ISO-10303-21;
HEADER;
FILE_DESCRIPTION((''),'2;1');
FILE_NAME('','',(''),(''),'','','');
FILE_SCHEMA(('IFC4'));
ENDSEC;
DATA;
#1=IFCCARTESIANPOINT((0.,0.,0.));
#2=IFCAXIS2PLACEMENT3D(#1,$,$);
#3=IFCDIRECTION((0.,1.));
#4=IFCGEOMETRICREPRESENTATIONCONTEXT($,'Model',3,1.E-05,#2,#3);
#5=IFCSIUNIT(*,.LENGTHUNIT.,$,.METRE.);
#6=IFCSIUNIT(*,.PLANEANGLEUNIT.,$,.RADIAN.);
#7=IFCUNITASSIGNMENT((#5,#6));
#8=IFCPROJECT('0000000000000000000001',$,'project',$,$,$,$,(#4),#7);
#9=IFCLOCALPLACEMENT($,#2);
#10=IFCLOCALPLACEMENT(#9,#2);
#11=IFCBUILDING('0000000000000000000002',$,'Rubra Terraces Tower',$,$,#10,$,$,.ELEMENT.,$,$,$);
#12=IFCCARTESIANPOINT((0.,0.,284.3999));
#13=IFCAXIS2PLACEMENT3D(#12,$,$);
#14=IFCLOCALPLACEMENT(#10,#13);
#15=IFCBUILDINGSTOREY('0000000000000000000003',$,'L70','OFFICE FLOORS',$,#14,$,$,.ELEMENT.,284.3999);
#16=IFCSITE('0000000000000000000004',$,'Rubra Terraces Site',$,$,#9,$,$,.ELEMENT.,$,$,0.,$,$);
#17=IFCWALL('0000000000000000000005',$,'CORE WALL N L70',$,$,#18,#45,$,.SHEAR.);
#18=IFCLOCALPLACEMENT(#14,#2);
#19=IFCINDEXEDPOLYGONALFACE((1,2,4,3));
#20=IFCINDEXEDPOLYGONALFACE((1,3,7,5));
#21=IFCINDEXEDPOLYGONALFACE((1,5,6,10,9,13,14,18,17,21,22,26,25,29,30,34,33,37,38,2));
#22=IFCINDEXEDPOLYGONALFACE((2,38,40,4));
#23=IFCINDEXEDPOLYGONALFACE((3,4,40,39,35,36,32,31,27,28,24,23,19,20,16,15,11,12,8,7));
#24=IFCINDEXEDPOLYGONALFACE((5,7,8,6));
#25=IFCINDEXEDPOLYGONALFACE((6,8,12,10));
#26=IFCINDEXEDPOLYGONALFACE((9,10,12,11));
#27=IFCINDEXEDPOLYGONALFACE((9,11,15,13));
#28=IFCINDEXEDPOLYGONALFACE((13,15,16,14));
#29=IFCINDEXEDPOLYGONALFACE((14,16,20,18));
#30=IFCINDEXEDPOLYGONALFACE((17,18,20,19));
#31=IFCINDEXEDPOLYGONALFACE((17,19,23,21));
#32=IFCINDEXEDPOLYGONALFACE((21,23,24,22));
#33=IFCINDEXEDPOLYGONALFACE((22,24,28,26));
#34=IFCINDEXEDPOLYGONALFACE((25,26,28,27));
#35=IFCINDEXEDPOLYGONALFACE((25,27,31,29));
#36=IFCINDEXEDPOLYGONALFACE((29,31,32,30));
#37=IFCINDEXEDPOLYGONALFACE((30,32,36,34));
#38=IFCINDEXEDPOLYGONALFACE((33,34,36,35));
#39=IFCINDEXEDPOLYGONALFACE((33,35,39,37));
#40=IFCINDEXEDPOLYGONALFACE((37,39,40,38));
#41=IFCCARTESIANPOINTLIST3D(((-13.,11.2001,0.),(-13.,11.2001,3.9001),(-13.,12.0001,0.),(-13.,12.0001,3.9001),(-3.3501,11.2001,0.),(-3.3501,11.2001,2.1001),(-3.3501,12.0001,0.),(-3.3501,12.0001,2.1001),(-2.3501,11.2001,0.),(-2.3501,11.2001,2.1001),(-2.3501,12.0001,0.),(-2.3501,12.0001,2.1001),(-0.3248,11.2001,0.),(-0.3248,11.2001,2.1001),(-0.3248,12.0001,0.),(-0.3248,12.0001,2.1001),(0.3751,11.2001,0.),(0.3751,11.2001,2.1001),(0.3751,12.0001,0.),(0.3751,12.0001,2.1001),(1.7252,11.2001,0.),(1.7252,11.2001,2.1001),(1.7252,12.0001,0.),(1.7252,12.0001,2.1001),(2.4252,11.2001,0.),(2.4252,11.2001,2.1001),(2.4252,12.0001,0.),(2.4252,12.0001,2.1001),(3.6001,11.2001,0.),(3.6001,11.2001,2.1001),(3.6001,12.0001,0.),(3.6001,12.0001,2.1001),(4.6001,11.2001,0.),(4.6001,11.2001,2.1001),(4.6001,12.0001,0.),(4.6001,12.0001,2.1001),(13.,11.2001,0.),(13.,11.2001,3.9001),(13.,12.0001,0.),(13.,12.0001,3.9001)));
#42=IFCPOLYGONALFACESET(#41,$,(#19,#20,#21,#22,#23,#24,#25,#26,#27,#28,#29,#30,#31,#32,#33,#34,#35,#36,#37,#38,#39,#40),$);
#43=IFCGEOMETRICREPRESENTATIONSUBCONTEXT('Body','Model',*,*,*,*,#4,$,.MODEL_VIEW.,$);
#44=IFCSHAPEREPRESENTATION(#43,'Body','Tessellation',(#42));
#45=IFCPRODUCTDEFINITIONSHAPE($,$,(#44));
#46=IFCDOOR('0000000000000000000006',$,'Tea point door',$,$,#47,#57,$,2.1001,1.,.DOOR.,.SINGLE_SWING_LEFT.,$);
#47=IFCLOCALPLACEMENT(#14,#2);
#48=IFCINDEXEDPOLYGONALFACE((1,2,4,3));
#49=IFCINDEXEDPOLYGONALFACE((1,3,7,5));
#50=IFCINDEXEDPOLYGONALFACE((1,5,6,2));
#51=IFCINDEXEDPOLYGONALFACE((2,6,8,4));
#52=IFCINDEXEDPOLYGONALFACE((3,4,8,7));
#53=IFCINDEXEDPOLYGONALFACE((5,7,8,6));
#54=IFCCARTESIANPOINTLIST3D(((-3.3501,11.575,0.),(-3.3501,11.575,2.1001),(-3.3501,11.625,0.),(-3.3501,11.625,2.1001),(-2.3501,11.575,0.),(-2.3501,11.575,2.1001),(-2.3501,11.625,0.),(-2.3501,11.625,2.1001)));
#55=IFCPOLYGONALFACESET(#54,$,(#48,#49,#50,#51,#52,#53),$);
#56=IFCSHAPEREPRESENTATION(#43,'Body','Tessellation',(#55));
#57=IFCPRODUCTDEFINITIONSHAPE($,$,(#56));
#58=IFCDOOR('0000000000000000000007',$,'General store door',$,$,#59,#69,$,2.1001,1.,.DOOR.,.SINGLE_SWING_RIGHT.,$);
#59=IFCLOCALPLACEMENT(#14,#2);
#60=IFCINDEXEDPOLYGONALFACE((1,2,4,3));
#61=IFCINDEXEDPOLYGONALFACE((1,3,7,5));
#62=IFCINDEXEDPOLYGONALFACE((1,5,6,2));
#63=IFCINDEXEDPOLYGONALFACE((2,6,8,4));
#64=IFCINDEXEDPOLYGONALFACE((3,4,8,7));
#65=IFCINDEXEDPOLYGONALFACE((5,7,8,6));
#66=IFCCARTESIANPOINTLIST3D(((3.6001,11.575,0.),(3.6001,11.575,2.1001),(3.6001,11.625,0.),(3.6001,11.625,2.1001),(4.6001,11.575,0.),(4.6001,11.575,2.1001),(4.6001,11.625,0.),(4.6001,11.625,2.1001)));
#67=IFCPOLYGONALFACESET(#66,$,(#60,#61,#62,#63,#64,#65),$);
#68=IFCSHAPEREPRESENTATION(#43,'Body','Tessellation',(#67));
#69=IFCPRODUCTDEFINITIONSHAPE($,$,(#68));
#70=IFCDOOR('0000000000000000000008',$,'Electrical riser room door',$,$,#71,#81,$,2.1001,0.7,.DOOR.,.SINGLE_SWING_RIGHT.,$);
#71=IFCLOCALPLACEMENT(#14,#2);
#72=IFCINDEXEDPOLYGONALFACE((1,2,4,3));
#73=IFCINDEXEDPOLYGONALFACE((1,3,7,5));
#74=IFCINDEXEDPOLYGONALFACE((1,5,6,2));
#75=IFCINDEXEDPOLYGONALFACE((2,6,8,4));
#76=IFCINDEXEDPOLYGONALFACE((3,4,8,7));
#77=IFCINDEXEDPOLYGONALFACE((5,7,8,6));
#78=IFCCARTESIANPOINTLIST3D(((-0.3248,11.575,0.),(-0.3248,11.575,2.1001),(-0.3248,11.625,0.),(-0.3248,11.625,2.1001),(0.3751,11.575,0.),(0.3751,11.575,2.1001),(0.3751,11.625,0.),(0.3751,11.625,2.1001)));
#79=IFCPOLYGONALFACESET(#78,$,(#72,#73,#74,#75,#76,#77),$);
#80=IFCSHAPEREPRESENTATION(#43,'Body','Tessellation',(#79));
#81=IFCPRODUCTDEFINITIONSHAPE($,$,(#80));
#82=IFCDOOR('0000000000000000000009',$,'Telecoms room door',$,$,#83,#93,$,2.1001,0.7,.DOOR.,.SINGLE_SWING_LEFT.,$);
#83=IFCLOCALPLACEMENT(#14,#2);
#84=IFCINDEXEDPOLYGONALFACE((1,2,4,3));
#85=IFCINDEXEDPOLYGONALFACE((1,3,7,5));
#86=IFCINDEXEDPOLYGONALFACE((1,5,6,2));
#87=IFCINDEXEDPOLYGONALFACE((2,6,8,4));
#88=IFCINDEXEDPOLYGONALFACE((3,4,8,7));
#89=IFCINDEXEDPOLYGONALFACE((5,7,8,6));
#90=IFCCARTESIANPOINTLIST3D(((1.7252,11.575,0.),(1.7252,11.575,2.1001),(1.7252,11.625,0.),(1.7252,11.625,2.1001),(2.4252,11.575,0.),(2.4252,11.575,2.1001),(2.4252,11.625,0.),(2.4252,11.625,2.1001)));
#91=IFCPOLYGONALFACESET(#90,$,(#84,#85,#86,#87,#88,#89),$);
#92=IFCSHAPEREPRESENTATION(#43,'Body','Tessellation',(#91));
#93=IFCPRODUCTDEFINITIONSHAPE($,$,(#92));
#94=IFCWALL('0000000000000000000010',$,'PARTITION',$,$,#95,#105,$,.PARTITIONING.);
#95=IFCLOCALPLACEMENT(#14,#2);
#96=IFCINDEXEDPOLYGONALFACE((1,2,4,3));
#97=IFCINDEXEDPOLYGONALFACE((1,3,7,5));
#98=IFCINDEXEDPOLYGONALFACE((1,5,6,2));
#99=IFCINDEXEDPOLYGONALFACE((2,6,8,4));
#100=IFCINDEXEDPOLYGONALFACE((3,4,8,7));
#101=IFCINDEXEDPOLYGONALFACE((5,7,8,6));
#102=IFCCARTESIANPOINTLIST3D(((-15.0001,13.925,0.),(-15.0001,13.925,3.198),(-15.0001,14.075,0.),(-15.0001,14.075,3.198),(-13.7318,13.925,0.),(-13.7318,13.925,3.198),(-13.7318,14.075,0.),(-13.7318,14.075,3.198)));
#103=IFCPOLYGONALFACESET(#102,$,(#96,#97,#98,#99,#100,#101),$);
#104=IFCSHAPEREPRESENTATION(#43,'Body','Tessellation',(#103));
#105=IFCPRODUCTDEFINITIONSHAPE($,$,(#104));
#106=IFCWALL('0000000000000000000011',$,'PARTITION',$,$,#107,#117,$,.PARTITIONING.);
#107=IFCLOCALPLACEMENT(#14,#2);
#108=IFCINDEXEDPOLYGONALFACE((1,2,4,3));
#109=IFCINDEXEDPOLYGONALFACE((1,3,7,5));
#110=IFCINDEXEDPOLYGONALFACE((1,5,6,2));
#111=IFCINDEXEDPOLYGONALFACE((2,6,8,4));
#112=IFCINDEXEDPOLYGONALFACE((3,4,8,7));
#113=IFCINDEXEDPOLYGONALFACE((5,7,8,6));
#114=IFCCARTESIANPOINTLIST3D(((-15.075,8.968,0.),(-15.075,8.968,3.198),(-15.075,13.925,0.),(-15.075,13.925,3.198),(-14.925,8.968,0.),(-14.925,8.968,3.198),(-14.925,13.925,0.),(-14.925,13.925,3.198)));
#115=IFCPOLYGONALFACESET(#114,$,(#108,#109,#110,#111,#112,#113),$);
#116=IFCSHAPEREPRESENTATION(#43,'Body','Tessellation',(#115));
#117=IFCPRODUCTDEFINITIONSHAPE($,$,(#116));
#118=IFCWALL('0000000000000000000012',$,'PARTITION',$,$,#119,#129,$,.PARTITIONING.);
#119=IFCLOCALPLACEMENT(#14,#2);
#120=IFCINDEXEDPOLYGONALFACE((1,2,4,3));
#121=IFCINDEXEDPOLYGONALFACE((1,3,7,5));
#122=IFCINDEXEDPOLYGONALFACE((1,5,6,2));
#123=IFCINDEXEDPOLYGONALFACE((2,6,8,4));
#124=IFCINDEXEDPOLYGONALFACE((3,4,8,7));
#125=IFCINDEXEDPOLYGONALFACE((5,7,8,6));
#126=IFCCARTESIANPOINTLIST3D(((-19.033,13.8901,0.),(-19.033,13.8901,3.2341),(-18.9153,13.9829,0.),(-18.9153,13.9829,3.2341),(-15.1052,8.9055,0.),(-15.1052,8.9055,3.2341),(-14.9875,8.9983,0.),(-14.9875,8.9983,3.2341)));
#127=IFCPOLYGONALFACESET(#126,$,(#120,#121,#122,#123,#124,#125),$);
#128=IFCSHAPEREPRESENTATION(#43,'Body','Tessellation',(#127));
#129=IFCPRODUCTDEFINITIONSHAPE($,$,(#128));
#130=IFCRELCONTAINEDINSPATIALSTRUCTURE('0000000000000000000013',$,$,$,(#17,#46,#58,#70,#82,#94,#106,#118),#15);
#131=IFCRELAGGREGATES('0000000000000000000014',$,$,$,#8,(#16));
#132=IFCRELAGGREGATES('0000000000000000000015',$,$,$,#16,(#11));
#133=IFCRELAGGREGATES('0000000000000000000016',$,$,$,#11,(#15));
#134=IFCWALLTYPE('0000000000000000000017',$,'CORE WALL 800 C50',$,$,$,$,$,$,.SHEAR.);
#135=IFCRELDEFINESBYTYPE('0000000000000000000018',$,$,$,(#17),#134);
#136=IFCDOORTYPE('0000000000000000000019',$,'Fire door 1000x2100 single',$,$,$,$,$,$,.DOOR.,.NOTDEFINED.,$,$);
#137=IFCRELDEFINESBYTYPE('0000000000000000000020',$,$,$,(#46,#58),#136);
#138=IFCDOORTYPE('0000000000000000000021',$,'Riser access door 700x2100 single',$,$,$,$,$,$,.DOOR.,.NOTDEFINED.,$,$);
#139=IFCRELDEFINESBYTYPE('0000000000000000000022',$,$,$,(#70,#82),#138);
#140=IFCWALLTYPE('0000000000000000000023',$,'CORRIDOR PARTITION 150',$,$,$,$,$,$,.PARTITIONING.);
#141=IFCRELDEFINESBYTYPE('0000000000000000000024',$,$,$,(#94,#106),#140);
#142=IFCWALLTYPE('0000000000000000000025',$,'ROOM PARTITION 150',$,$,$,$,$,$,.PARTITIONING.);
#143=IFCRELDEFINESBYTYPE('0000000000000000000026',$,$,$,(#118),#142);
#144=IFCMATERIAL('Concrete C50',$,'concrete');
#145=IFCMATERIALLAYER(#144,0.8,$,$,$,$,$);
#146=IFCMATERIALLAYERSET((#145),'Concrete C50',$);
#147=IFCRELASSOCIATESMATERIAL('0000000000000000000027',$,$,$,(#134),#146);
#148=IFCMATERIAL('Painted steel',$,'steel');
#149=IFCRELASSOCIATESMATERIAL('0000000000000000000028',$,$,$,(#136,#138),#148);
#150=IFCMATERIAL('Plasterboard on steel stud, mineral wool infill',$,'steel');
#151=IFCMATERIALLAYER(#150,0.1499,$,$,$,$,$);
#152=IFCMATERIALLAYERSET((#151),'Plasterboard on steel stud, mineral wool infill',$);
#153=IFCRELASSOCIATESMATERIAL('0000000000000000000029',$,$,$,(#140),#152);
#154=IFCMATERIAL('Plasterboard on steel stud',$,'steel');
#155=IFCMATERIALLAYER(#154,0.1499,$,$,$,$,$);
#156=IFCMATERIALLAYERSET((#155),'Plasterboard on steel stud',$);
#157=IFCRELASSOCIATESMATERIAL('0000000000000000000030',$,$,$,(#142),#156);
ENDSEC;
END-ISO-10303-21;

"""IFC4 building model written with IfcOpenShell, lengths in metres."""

from ifc_helpers import new_model, si_unit, direction, frame, frame_2d, origin, place, context, subcontext, project, spatial, rectangle, extrude, material, layer, layer_set, type_object, element, fill, save


model = new_model("IFC4")

# Units and contexts
model_context = context("Model", 3, precision=1e-05, world=origin(), true_north=direction((0.0, 1.0)))
body_context = subcontext(model_context, "Body", "Model", "MODEL_VIEW")
ifc_project = project(units=[si_unit("LENGTHUNIT", "METRE"), si_unit("PLANEANGLEUNIT", "RADIAN")], contexts=[model_context])

# Site, building, storey
site_placement = place(None, origin())
site = spatial("IfcSite", under=ifc_project, at=site_placement, Name="Rubra Terraces Site", CompositionType="ELEMENT", RefElevation=0.0)
building_placement = place(site_placement, origin())
building = spatial("IfcBuilding", under=site, at=building_placement, Name="Rubra Terraces Tower", CompositionType="ELEMENT")
storey_placement = place(building_placement, frame((0.0, 0.0, 284.3999)))
storey = spatial("IfcBuildingStorey", under=building, at=storey_placement, Name="L70", Description="OFFICE FLOORS", CompositionType="ELEMENT", Elevation=284.3999)

# Shared definitions
ifc_material_1 = material(Name="Concrete C50", Category="concrete")

# Wall, openings, doors
ifc_layer_1 = layer(ifc_material_1, 0.8)
ifc_layer_set_1 = layer_set([ifc_layer_1], Name="Concrete C50")
wall_type_1 = type_object("IfcWallType", Name="CORE WALL 800 C50", PredefinedType="SHEAR", material=ifc_layer_set_1)
wall_1_placement = place(storey_placement, frame((-13.0, 11.6001, 0.0), z_axis=(0.0, 0.0, 1.0), x_axis=(1.0, 0.0, 0.0)))
wall_1 = element("IfcWall", 1, at=wall_1_placement, inside=storey, type_object=wall_type_1, Name="CORE WALL N L70", PredefinedType="SHEAR", context=body_context, shape_type="SweptSolid", body=[
    extrude(rectangle(XDim=26.0, YDim=0.8, at=frame_2d((13.0, 0.0))), origin(), (0.0, 0.0, 1.0), 3.9001),
])
opening_1_placement = place(wall_1_placement, frame((9.6499, 0.0, 0.0)))
opening_1 = element("IfcOpeningElement", 2, at=opening_1_placement, cuts=wall_1, PredefinedType="OPENING", context=body_context, shape_type="SweptSolid", body=[
    extrude(rectangle(XDim=1.0, YDim=2.1001, at=frame_2d((0.5, 1.05))), frame((0.0, 0.4099, 0.0), z_axis=(0.0, -1.0, 0.0), x_axis=(1.0, 0.0, 0.0)), (0.0, 0.0, 1.0), 0.8201),
])
opening_2_placement = place(wall_1_placement, frame((12.675, 0.0, 0.0)))
opening_2 = element("IfcOpeningElement", 3, at=opening_2_placement, cuts=wall_1, PredefinedType="OPENING", context=body_context, shape_type="SweptSolid", body=[
    extrude(rectangle(XDim=0.7, YDim=2.1001, at=frame_2d((0.3501, 1.05))), frame((0.0, 0.4099, 0.0), z_axis=(0.0, -1.0, 0.0), x_axis=(1.0, 0.0, 0.0)), (0.0, 0.0, 1.0), 0.8201),
])
opening_3_placement = place(wall_1_placement, frame((14.7251, 0.0, 0.0)))
opening_3 = element("IfcOpeningElement", 4, at=opening_3_placement, cuts=wall_1, PredefinedType="OPENING", context=body_context, shape_type="SweptSolid", body=[
    extrude(rectangle(XDim=0.7, YDim=2.1001, at=frame_2d((0.3501, 1.05))), frame((0.0, 0.4099, 0.0), z_axis=(0.0, -1.0, 0.0), x_axis=(1.0, 0.0, 0.0)), (0.0, 0.0, 1.0), 0.8201),
])
opening_4_placement = place(wall_1_placement, frame((16.6001, 0.0, 0.0)))
opening_4 = element("IfcOpeningElement", 5, at=opening_4_placement, cuts=wall_1, PredefinedType="OPENING", context=body_context, shape_type="SweptSolid", body=[
    extrude(rectangle(XDim=1.0, YDim=2.1001, at=frame_2d((0.5, 1.05))), frame((0.0, 0.4099, 0.0), z_axis=(0.0, -1.0, 0.0), x_axis=(1.0, 0.0, 0.0)), (0.0, 0.0, 1.0), 0.8201),
])
ifc_material_2 = material(Name="Painted steel", Category="steel")
door_type_1 = type_object("IfcDoorType", Name="Fire door 1000x2100 single", OperationType="NOTDEFINED", PredefinedType="DOOR", material=ifc_material_2)
door_1_placement = place(opening_1_placement, origin())
door_1 = element("IfcDoor", 6, at=door_1_placement, inside=storey, type_object=door_type_1, Name="Tea point door", OperationType="SINGLE_SWING_LEFT", OverallHeight=2.1001, OverallWidth=1.0, PredefinedType="DOOR", context=body_context, shape_type="SweptSolid", body=[
    extrude(rectangle(XDim=1.0, YDim=2.1001, at=frame_2d((0.5, 1.05))), frame((0.0, 0.0249, 0.0), z_axis=(0.0, -1.0, 0.0), x_axis=(1.0, 0.0, 0.0)), (0.0, 0.0, 1.0), 0.05),
])
fill(opening_1, door_1)
door_2_placement = place(opening_4_placement, origin())
door_2 = element("IfcDoor", 7, at=door_2_placement, inside=storey, type_object=door_type_1, Name="General store door", OperationType="SINGLE_SWING_RIGHT", OverallHeight=2.1001, OverallWidth=1.0, PredefinedType="DOOR", context=body_context, shape_type="SweptSolid", body=[
    extrude(rectangle(XDim=1.0, YDim=2.1001, at=frame_2d((0.5, 1.05))), frame((0.0, 0.0249, 0.0), z_axis=(0.0, -1.0, 0.0), x_axis=(1.0, 0.0, 0.0)), (0.0, 0.0, 1.0), 0.05),
])
fill(opening_4, door_2)
door_type_2 = type_object("IfcDoorType", Name="Riser access door 700x2100 single", OperationType="NOTDEFINED", PredefinedType="DOOR", material=ifc_material_2)
door_3_placement = place(opening_2_placement, origin())
door_3 = element("IfcDoor", 8, at=door_3_placement, inside=storey, type_object=door_type_2, Name="Electrical riser room door", OperationType="SINGLE_SWING_RIGHT", OverallHeight=2.1001, OverallWidth=0.7, PredefinedType="DOOR", context=body_context, shape_type="SweptSolid", body=[
    extrude(rectangle(XDim=0.7, YDim=2.1001, at=frame_2d((0.3501, 1.05))), frame((0.0, 0.0249, 0.0), z_axis=(0.0, -1.0, 0.0), x_axis=(1.0, 0.0, 0.0)), (0.0, 0.0, 1.0), 0.05),
])
fill(opening_2, door_3)
door_4_placement = place(opening_3_placement, origin())
door_4 = element("IfcDoor", 9, at=door_4_placement, inside=storey, type_object=door_type_2, Name="Telecoms room door", OperationType="SINGLE_SWING_LEFT", OverallHeight=2.1001, OverallWidth=0.7, PredefinedType="DOOR", context=body_context, shape_type="SweptSolid", body=[
    extrude(rectangle(XDim=0.7, YDim=2.1001, at=frame_2d((0.3501, 1.05))), frame((0.0, 0.0249, 0.0), z_axis=(0.0, -1.0, 0.0), x_axis=(1.0, 0.0, 0.0)), (0.0, 0.0, 1.0), 0.05),
])
fill(opening_3, door_4)

# Walls
ifc_material_3 = material(Name="Plasterboard on steel stud, mineral wool infill", Category="steel")
ifc_layer_2 = layer(ifc_material_3, 0.1499)
ifc_layer_set_2 = layer_set([ifc_layer_2], Name="Plasterboard on steel stud, mineral wool infill")
wall_type_2 = type_object("IfcWallType", Name="CORRIDOR PARTITION 150", PredefinedType="PARTITIONING", material=ifc_layer_set_2)
wall_2_placement = place(storey_placement, frame((-13.7317, 14.0, 0.0), z_axis=(0.0, 0.0, 1.0), x_axis=(-1.0, 0.0, 0.0)))
element("IfcWall", 10, at=wall_2_placement, inside=storey, type_object=wall_type_2, Name="PARTITION", PredefinedType="PARTITIONING", context=body_context, shape_type="SweptSolid", body=[
    extrude(rectangle(XDim=1.2683, YDim=0.1499, at=frame_2d((0.6343, 0.0))), origin(), (0.0, 0.0, 1.0), 3.198),
])
wall_3_placement = place(storey_placement, frame((-15.0, 13.925, 0.0), z_axis=(0.0, 0.0, 1.0), x_axis=(0.0, -1.0, 0.0)))
element("IfcWall", 11, at=wall_3_placement, inside=storey, type_object=wall_type_2, Name="PARTITION", PredefinedType="PARTITIONING", context=body_context, shape_type="SweptSolid", body=[
    extrude(rectangle(XDim=4.957, YDim=0.1499, at=frame_2d((2.4785, 0.0))), origin(), (0.0, 0.0, 1.0), 3.198),
])
ifc_material_4 = material(Name="Plasterboard on steel stud", Category="steel")
ifc_layer_3 = layer(ifc_material_4, 0.1499)
ifc_layer_set_3 = layer_set([ifc_layer_3], Name="Plasterboard on steel stud")
wall_type_3 = type_object("IfcWallType", Name="ROOM PARTITION 150", PredefinedType="PARTITIONING", material=ifc_layer_set_3)
wall_4_placement = place(storey_placement, frame((-18.9741, 13.9365, 0.0), z_axis=(0.0, 0.0, 1.0), x_axis=(0.618917, -0.785457, 0.0)))
element("IfcWall", 12, at=wall_4_placement, inside=storey, type_object=wall_type_3, Name="PARTITION", PredefinedType="PARTITIONING", context=body_context, shape_type="SweptSolid", body=[
    extrude(rectangle(XDim=6.3462, YDim=0.1499, at=frame_2d((3.1731, 0.0))), origin(), (0.0, 0.0, 1.0), 3.2341),
])

save(model, "model.ifc")
